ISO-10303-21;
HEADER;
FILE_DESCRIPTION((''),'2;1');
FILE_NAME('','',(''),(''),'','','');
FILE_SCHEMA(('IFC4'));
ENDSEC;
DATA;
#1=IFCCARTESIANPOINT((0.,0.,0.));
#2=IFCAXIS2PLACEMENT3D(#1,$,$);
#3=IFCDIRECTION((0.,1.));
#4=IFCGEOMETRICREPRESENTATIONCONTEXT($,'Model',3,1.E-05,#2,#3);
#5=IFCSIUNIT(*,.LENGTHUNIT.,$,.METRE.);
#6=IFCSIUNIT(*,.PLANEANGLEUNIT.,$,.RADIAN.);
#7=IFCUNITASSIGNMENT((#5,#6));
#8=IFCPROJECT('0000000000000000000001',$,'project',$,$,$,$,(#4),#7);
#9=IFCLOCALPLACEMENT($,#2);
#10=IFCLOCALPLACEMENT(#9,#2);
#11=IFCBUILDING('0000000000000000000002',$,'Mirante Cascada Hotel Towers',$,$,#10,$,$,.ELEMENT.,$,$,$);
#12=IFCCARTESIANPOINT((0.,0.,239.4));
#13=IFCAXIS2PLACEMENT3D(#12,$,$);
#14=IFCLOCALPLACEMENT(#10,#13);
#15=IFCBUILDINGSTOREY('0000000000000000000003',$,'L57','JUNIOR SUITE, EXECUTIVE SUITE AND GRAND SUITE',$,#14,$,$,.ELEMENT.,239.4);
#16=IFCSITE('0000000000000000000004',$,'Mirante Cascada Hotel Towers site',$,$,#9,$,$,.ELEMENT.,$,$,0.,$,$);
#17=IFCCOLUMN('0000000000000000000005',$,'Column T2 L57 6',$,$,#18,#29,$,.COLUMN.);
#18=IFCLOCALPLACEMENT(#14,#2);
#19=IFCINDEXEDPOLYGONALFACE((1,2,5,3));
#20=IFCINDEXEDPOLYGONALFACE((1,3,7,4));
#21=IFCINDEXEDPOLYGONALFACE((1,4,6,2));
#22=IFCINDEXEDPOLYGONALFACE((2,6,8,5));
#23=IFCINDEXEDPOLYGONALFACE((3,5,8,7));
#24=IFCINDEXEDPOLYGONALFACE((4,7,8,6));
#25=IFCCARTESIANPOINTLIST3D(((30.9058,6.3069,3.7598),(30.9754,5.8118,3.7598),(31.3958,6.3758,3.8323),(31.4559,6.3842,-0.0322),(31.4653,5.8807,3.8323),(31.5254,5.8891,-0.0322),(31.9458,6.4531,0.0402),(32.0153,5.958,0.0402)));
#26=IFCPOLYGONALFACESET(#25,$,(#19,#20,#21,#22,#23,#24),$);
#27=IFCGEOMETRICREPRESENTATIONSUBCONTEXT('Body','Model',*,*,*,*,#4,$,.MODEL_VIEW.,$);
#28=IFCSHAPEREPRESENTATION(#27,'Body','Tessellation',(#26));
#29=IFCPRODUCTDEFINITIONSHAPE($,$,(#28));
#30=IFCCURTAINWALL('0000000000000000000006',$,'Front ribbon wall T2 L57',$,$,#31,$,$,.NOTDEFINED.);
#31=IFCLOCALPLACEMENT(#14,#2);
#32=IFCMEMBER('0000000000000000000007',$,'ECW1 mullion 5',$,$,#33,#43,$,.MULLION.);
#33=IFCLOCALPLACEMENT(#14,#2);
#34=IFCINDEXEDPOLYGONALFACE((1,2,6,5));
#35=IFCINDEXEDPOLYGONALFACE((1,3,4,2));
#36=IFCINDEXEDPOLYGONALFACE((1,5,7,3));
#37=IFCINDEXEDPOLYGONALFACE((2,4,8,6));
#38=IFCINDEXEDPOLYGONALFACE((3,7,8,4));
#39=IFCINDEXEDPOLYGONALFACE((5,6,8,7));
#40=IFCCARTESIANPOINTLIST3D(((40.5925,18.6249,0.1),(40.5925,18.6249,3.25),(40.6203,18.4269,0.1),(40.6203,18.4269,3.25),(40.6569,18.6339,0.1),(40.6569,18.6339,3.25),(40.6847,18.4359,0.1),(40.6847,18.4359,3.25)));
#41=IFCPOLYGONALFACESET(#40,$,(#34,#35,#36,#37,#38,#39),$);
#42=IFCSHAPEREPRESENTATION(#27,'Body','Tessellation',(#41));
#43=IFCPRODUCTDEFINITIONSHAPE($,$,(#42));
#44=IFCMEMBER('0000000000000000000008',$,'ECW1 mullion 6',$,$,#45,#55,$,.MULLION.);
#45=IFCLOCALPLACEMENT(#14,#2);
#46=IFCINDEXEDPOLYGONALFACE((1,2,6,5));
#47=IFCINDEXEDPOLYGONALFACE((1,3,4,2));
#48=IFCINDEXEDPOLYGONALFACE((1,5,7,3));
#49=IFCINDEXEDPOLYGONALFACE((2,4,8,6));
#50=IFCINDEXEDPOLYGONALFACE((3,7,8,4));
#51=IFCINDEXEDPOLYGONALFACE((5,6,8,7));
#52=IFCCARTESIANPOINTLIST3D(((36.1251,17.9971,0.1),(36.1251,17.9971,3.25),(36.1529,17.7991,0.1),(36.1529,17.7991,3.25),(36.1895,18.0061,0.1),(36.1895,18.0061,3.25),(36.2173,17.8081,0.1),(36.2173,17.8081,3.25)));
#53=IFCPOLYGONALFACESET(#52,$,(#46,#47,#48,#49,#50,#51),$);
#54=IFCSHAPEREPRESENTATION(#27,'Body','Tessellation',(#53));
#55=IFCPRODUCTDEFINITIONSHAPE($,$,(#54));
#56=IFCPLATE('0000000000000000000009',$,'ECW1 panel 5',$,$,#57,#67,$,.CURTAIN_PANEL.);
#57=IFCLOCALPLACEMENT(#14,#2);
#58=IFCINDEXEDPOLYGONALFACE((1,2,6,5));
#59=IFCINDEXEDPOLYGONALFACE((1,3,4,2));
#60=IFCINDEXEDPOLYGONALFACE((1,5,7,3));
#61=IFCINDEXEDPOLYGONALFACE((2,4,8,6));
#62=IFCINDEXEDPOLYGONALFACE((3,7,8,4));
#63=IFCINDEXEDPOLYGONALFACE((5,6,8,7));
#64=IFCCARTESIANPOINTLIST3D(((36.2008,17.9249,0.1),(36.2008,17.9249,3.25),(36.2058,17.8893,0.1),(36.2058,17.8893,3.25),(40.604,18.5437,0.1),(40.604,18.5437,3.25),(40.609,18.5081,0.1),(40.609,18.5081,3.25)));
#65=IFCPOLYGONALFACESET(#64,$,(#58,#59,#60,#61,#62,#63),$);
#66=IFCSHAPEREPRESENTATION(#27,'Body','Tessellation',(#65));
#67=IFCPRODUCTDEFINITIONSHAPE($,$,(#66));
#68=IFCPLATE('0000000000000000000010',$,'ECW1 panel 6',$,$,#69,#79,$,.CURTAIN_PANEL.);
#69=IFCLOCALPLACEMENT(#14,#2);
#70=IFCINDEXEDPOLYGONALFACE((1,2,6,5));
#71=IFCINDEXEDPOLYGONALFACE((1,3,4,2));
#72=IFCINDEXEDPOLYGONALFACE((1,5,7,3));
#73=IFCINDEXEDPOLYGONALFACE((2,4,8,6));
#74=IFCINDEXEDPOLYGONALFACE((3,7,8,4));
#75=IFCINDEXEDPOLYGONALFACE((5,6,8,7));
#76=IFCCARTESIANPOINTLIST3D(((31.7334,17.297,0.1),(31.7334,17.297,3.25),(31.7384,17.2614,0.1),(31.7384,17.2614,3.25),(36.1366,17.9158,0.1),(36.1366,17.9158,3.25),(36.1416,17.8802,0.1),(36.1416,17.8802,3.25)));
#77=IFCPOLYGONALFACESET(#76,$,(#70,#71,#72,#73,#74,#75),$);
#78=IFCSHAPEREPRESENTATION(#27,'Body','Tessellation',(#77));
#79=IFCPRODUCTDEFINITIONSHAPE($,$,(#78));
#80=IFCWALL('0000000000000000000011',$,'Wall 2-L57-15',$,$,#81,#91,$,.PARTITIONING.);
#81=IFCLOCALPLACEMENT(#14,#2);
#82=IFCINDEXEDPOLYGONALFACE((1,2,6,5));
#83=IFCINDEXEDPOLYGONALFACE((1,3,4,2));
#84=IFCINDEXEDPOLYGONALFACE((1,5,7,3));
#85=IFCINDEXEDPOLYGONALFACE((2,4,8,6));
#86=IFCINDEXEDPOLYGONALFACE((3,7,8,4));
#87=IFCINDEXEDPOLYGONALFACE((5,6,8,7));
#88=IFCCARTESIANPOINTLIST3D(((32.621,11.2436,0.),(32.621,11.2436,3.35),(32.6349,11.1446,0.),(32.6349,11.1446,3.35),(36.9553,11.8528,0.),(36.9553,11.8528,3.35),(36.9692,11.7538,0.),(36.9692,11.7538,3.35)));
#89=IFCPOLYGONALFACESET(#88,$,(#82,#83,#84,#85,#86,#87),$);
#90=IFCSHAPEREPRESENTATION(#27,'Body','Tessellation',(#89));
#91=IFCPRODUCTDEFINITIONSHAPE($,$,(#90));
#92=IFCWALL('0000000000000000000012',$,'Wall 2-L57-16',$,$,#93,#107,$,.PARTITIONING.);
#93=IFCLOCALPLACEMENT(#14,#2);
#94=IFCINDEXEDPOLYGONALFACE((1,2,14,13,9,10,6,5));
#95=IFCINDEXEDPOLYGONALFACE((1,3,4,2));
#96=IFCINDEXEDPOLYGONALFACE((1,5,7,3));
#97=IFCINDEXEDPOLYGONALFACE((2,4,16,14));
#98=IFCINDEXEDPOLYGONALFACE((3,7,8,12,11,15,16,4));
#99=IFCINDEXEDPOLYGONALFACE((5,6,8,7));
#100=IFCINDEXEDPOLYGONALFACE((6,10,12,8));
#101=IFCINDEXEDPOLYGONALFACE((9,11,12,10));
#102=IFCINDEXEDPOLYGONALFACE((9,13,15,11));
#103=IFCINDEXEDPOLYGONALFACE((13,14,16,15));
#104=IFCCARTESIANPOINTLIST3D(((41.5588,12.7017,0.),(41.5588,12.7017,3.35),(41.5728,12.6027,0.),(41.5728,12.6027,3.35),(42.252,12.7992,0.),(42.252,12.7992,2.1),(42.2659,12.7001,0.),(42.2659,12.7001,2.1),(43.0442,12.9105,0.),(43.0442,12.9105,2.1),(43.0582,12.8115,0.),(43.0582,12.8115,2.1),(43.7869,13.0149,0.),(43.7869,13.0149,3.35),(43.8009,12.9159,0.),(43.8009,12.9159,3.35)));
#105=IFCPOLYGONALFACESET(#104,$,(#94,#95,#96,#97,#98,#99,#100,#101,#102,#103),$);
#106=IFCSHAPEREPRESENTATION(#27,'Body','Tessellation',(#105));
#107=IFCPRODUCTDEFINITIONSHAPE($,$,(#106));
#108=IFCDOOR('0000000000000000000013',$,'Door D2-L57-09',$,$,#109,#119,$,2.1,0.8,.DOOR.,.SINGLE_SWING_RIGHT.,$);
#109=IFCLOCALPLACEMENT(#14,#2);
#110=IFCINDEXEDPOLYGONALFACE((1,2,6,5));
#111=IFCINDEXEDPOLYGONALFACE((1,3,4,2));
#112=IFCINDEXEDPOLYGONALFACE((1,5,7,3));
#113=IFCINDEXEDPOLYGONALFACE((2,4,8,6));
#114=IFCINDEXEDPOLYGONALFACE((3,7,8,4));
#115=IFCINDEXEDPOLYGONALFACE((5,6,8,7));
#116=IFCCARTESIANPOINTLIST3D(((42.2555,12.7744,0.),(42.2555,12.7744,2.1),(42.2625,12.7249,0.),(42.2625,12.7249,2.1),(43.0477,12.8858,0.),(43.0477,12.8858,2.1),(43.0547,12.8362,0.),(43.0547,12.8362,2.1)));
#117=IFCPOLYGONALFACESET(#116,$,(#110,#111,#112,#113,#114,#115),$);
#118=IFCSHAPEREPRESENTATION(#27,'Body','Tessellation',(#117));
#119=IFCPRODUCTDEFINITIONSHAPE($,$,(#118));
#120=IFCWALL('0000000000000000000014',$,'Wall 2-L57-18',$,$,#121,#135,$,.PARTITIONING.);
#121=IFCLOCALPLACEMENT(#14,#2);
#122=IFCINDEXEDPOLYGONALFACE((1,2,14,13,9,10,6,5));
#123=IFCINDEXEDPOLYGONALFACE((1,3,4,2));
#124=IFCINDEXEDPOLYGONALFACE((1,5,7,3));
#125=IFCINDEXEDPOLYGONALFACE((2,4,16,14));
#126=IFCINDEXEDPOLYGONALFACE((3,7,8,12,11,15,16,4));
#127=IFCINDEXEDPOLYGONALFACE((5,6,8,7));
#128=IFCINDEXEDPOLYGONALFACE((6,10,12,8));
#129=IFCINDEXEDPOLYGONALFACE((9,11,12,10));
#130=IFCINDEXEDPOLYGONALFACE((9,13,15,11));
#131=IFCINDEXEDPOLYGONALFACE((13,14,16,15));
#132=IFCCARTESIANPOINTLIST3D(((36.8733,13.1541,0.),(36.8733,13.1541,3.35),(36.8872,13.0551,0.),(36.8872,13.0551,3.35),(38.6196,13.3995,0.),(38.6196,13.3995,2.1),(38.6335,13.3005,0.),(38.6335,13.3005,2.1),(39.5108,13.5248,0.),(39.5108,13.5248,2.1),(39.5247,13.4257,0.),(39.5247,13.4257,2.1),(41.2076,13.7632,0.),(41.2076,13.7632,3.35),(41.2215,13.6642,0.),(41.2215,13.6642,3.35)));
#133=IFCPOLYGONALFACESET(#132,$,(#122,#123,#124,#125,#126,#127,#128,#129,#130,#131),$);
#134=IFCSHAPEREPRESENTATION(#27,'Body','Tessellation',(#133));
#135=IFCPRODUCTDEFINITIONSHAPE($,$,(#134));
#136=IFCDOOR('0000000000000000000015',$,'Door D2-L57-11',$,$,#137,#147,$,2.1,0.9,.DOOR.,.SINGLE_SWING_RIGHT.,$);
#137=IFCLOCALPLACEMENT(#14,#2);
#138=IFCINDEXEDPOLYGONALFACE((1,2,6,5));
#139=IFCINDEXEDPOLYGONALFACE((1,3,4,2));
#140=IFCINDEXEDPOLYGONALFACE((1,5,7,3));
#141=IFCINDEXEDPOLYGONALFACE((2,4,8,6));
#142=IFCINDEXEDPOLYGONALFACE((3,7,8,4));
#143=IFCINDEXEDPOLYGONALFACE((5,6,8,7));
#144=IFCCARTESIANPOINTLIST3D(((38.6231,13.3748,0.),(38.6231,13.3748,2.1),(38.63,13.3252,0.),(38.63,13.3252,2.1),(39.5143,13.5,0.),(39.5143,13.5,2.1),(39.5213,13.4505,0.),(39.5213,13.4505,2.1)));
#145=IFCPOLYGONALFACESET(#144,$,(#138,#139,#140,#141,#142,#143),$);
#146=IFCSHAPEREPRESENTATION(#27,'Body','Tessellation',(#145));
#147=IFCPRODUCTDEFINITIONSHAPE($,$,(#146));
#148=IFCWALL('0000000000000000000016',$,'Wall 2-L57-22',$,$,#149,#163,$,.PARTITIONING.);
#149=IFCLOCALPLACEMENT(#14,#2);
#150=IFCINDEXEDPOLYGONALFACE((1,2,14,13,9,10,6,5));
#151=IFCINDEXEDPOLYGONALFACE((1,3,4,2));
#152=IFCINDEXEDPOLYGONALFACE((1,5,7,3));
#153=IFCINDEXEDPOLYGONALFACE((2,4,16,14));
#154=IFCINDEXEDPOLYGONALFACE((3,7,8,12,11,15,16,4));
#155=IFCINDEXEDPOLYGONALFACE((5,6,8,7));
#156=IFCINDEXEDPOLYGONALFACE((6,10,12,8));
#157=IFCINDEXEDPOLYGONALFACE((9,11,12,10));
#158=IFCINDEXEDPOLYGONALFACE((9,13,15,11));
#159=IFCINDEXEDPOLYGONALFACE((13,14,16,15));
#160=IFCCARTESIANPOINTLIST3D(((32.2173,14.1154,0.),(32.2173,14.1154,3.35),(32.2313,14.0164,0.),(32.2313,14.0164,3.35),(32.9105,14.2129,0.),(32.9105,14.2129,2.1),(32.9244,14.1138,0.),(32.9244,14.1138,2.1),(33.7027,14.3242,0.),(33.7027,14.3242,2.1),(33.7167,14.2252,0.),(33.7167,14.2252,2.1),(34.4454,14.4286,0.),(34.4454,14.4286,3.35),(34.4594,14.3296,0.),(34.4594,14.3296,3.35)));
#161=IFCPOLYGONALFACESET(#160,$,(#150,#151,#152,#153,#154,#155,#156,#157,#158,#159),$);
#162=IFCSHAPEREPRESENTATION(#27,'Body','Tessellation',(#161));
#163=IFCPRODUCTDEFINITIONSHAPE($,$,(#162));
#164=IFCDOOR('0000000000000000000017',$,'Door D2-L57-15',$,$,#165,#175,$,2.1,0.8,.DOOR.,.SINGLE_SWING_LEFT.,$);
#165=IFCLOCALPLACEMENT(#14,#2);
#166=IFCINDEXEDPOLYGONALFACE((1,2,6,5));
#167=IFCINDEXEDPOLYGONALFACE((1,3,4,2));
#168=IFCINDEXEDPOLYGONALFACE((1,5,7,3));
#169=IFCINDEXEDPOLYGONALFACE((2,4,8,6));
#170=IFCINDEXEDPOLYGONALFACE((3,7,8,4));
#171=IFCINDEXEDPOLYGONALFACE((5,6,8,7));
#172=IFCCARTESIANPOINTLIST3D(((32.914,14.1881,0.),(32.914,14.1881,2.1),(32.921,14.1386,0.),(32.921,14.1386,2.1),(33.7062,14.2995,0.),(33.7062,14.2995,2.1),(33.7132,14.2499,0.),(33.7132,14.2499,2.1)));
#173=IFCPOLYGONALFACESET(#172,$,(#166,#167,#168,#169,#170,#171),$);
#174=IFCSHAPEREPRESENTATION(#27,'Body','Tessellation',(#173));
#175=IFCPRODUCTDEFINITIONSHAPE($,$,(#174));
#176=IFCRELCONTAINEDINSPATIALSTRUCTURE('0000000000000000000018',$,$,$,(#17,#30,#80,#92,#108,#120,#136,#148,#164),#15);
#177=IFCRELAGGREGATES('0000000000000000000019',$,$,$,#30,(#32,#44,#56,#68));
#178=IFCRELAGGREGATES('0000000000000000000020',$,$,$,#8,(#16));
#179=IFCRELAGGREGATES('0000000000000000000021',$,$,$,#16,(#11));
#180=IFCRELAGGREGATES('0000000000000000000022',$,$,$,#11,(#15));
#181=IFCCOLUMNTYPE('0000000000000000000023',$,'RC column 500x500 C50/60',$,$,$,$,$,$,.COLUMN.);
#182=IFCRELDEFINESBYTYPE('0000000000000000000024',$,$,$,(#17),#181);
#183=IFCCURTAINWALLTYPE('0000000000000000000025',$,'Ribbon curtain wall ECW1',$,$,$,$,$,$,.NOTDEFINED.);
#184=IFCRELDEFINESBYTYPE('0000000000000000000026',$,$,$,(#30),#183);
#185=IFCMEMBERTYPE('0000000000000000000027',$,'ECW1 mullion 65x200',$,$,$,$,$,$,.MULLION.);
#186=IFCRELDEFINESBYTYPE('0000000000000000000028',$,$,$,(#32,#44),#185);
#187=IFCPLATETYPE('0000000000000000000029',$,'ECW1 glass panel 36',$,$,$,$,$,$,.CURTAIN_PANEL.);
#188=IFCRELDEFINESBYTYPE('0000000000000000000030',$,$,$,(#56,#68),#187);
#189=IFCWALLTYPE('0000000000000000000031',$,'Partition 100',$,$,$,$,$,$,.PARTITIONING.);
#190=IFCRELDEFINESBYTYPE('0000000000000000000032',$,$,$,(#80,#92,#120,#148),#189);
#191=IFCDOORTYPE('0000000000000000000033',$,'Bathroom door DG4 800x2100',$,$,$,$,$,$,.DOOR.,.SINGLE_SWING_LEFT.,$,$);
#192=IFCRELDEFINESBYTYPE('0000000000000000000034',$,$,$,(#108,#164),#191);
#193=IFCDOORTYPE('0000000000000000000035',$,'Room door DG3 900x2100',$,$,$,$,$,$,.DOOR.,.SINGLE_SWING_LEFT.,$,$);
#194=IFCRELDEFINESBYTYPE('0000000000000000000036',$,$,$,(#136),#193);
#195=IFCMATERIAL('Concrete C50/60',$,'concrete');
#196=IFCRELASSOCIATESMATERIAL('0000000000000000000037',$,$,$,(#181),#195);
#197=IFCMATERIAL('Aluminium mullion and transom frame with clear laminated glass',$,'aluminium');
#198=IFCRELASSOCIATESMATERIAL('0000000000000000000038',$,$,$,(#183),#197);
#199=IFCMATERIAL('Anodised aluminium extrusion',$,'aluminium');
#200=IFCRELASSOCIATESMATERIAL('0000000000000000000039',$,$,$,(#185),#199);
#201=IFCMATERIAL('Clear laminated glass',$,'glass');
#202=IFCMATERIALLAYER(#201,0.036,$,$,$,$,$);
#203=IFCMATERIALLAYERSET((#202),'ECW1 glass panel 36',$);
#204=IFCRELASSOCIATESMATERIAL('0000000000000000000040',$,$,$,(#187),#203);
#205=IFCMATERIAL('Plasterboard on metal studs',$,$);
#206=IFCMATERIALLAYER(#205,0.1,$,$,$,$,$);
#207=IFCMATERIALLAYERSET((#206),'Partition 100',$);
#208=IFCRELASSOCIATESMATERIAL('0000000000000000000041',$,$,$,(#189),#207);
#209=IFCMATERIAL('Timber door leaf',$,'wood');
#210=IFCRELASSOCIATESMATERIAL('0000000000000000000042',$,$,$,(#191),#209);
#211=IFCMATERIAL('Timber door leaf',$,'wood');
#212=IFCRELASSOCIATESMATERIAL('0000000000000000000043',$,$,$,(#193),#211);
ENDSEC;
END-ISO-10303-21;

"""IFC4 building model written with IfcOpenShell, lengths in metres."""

from ifc_helpers import new_model, si_unit, direction, frame, frame_2d, origin, origin_2d, place, context, subcontext, project, spatial, rectangle, extrude, material, layer, layer_set, material_profile, profile_set, type_object, element, fill, aggregate, save


model = new_model("IFC4")

# Units and contexts
model_context = context("Model", 3, precision=1e-05, world=origin(), true_north=direction((0.0, 1.0)))
body_context = subcontext(model_context, "Body", "Model", "MODEL_VIEW")
ifc_project = project(units=[si_unit("LENGTHUNIT", "METRE"), si_unit("PLANEANGLEUNIT", "RADIAN")], contexts=[model_context])

# Site, building, storey
site_placement = place(None, origin())
site = spatial("IfcSite", under=ifc_project, at=site_placement, Name="Mirante Cascada Hotel Towers site", CompositionType="ELEMENT", RefElevation=0.0)
building_placement = place(site_placement, origin())
building = spatial("IfcBuilding", under=site, at=building_placement, Name="Mirante Cascada Hotel Towers", CompositionType="ELEMENT")
storey_placement = place(building_placement, frame((0.0, 0.0, 239.4)))
storey = spatial("IfcBuildingStorey", under=building, at=storey_placement, Name="L57", Description="JUNIOR SUITE, EXECUTIVE SUITE AND GRAND SUITE", CompositionType="ELEMENT", Elevation=239.4)

# Column
ifc_material_1 = material(Name="Concrete C50/60", Category="concrete")
ifc_material_profile_1 = material_profile(ifc_material_1, rectangle(XDim=0.5, YDim=0.5, at=origin_2d()), Name="RC column 500x500 C50/60")
ifc_profile_set_1 = profile_set([ifc_material_profile_1], Name="Concrete C50/60")
column_type = type_object("IfcColumnType", Name="RC column 500x500 C50/60", PredefinedType="COLUMN", material=ifc_profile_set_1)
column_placement = place(storey_placement, frame((31.7356, 6.1711, 0.004), z_axis=(-0.143511, -0.02017, 0.989443), x_axis=(0.139178, -0.990267, 0.0)))
element("IfcColumn", 1, at=column_placement, inside=storey, type_object=column_type, Name="Column T2 L57 6", PredefinedType="COLUMN", context=body_context, shape_type="SweptSolid", body=[
    extrude(rectangle(XDim=0.5, YDim=0.5, at=origin_2d()), origin(), (0.0, 0.0, 1.0), 3.8325),
])

# Curtain wall, members, plates
ifc_material_2 = material(Name="Aluminium mullion and transom frame with clear laminated glass", Category="aluminium")
curtain_wall_type = type_object("IfcCurtainWallType", Name="Ribbon curtain wall ECW1", PredefinedType="NOTDEFINED", material=ifc_material_2)
curtain_wall_placement = place(storey_placement, origin())
curtain_wall = element("IfcCurtainWall", 2, at=curtain_wall_placement, inside=storey, type_object=curtain_wall_type, Name="Front ribbon wall T2 L57", PredefinedType="NOTDEFINED")
ifc_material_3 = material(Name="Anodised aluminium extrusion", Category="aluminium")
ifc_material_profile_2 = material_profile(ifc_material_3, rectangle(XDim=0.2, YDim=0.065, at=origin_2d()), Name="ECW1 MULLION 65x200")
ifc_profile_set_2 = profile_set([ifc_material_profile_2], Name="Anodised aluminium extrusion")
member_type = type_object("IfcMemberType", Name="ECW1 mullion 65x200", PredefinedType="MULLION", material=ifc_profile_set_2)
member_1_placement = place(storey_placement, frame((40.6386, 18.5304, 0.1), z_axis=(0.0, 0.0, 1.0), x_axis=(0.139173, -0.990268, 0.0)))
member_1 = element("IfcMember", 3, at=member_1_placement, type_object=member_type, Name="ECW1 mullion 5", PredefinedType="MULLION", context=body_context, shape_type="SweptSolid", body=[
    extrude(rectangle(XDim=0.2, YDim=0.065, at=origin_2d()), origin(), (0.0, 0.0, 1.0), 3.15),
])
member_2_placement = place(storey_placement, frame((36.1712, 17.9026, 0.1), z_axis=(0.0, 0.0, 1.0), x_axis=(0.139173, -0.990268, 0.0)))
member_2 = element("IfcMember", 4, at=member_2_placement, type_object=member_type, Name="ECW1 mullion 6", PredefinedType="MULLION", context=body_context, shape_type="SweptSolid", body=[
    extrude(rectangle(XDim=0.2, YDim=0.065, at=origin_2d()), origin(), (0.0, 0.0, 1.0), 3.15),
])
ifc_material_4 = material(Name="Clear laminated glass", Category="glass")
ifc_layer_1 = layer(ifc_material_4, 0.036)
ifc_layer_set_1 = layer_set([ifc_layer_1], Name="ECW1 glass panel 36")
plate_type = type_object("IfcPlateType", Name="ECW1 glass panel 36", PredefinedType="CURTAIN_PANEL", material=ifc_layer_set_1)
plate_1_placement = place(storey_placement, frame((38.4049, 18.2165, 0.1), z_axis=(0.0, 0.0, 1.0), x_axis=(-0.990268, -0.139173, 0.0)))
plate_1 = element("IfcPlate", 5, at=plate_1_placement, type_object=plate_type, Name="ECW1 panel 5", PredefinedType="CURTAIN_PANEL", context=body_context, shape_type="SweptSolid", body=[
    extrude(rectangle(XDim=4.4464, YDim=0.036, at=origin_2d()), origin(), (0.0, 0.0, 1.0), 3.15),
])
plate_2_placement = place(storey_placement, frame((33.9375, 17.5886, 0.1), z_axis=(0.0, 0.0, 1.0), x_axis=(-0.990268, -0.139173, 0.0)))
plate_2 = element("IfcPlate", 6, at=plate_2_placement, type_object=plate_type, Name="ECW1 panel 6", PredefinedType="CURTAIN_PANEL", context=body_context, shape_type="SweptSolid", body=[
    extrude(rectangle(XDim=4.4464, YDim=0.036, at=origin_2d()), origin(), (0.0, 0.0, 1.0), 3.15),
])
aggregate(curtain_wall, [member_1, member_2, plate_1, plate_2])

# Wall
ifc_material_5 = material(Name="Plasterboard on metal studs")
ifc_layer_2 = layer(ifc_material_5, 0.1)
ifc_layer_set_2 = layer_set([ifc_layer_2], Name="Partition 100")
wall_type = type_object("IfcWallType", Name="Partition 100", PredefinedType="PARTITIONING", material=ifc_layer_set_2)
wall_1_placement = place(storey_placement, frame((36.9622, 11.8033, 0.0), z_axis=(0.0, 0.0, 1.0), x_axis=(-0.990266, -0.139185, 0.0)))
element("IfcWall", 7, at=wall_1_placement, inside=storey, type_object=wall_type, Name="Wall 2-L57-15", PredefinedType="PARTITIONING", context=body_context, shape_type="SweptSolid", body=[
    extrude(rectangle(XDim=4.3769, YDim=0.1, at=frame_2d((2.1884, 0.0))), origin(), (0.0, 0.0, 1.0), 3.35),
])

# Walls, openings, doors
wall_2_placement = place(storey_placement, frame((41.5658, 12.6522, 0.0), z_axis=(0.0, 0.0, 1.0), x_axis=(0.990264, 0.1392, 0.0)))
wall_2 = element("IfcWall", 8, at=wall_2_placement, inside=storey, type_object=wall_type, Name="Wall 2-L57-16", PredefinedType="PARTITIONING", context=body_context, shape_type="SweptSolid", body=[
    extrude(rectangle(XDim=2.25, YDim=0.1, at=frame_2d((1.125, 0.0))), origin(), (0.0, 0.0, 1.0), 3.35),
])
opening_1_placement = place(wall_2_placement, frame((0.7, 0.0, 0.0)))
opening_1 = element("IfcOpeningElement", 9, at=opening_1_placement, cuts=wall_2, PredefinedType="OPENING", context=body_context, shape_type="SweptSolid", body=[
    extrude(rectangle(XDim=0.8, YDim=2.1, at=frame_2d((0.4, 1.05))), frame((0.0, 0.05, 0.0), z_axis=(0.0, -1.0, 0.0), x_axis=(1.0, 0.0, 0.0)), (0.0, 0.0, 1.0), 0.1),
])
ifc_material_6 = material(Name="Timber door leaf", Category="wood")
door_type_1 = type_object("IfcDoorType", Name="Bathroom door DG4 800x2100", OperationType="SINGLE_SWING_LEFT", PredefinedType="DOOR", material=ifc_material_6)
door_1_placement = place(opening_1_placement, frame((0.8, 0.0, 0.0), z_axis=(0.0, 0.0, 1.0), x_axis=(-1.0, 0.0, 0.0)))
door_1 = element("IfcDoor", 10, at=door_1_placement, inside=storey, type_object=door_type_1, Name="Door D2-L57-09", OperationType="SINGLE_SWING_RIGHT", OverallHeight=2.1, OverallWidth=0.8, PredefinedType="DOOR", context=body_context, shape_type="SweptSolid", body=[
    extrude(rectangle(XDim=0.8, YDim=2.1, at=frame_2d((0.4, 1.05))), frame((0.0, 0.025, 0.0), z_axis=(0.0, -1.0, 0.0), x_axis=(1.0, 0.0, 0.0)), (0.0, 0.0, 1.0), 0.05),
])
fill(opening_1, door_1)
wall_3_placement = place(storey_placement, frame((36.8803, 13.1046, 0.0), z_axis=(0.0, 0.0, 1.0), x_axis=(0.99027, 0.139163, 0.0)))
wall_3 = element("IfcWall", 11, at=wall_3_placement, inside=storey, type_object=wall_type, Name="Wall 2-L57-18", PredefinedType="PARTITIONING", context=body_context, shape_type="SweptSolid", body=[
    extrude(rectangle(XDim=4.3769, YDim=0.1, at=frame_2d((2.1884, 0.0))), origin(), (0.0, 0.0, 1.0), 3.35),
])
opening_2_placement = place(wall_3_placement, frame((1.7634, 0.0, 0.0)))
opening_2 = element("IfcOpeningElement", 12, at=opening_2_placement, cuts=wall_3, PredefinedType="OPENING", context=body_context, shape_type="SweptSolid", body=[
    extrude(rectangle(XDim=0.9, YDim=2.1, at=frame_2d((0.45, 1.05))), frame((0.0, 0.05, 0.0), z_axis=(0.0, -1.0, 0.0), x_axis=(1.0, 0.0, 0.0)), (0.0, 0.0, 1.0), 0.1),
])
ifc_material_7 = material(Name="Timber door leaf", Category="wood")
door_type_2 = type_object("IfcDoorType", Name="Room door DG3 900x2100", OperationType="SINGLE_SWING_LEFT", PredefinedType="DOOR", material=ifc_material_7)
door_2_placement = place(opening_2_placement, frame((0.9, 0.0, 0.0), z_axis=(0.0, 0.0, 1.0), x_axis=(-1.0, 0.0, 0.0)))
door_2 = element("IfcDoor", 13, at=door_2_placement, inside=storey, type_object=door_type_2, Name="Door D2-L57-11", OperationType="SINGLE_SWING_RIGHT", OverallHeight=2.1, OverallWidth=0.9, PredefinedType="DOOR", context=body_context, shape_type="SweptSolid", body=[
    extrude(rectangle(XDim=0.9, YDim=2.1, at=frame_2d((0.45, 1.05))), frame((0.0, 0.025, 0.0), z_axis=(0.0, -1.0, 0.0), x_axis=(1.0, 0.0, 0.0)), (0.0, 0.0, 1.0), 0.05),
])
fill(opening_2, door_2)
wall_4_placement = place(storey_placement, frame((32.2243, 14.0659, 0.0), z_axis=(0.0, 0.0, 1.0), x_axis=(0.990264, 0.1392, 0.0)))
wall_4 = element("IfcWall", 14, at=wall_4_placement, inside=storey, type_object=wall_type, Name="Wall 2-L57-22", PredefinedType="PARTITIONING", context=body_context, shape_type="SweptSolid", body=[
    extrude(rectangle(XDim=2.25, YDim=0.1, at=frame_2d((1.125, 0.0))), origin(), (0.0, 0.0, 1.0), 3.35),
])
opening_3_placement = place(wall_4_placement, frame((0.7, 0.0, 0.0)))
opening_3 = element("IfcOpeningElement", 15, at=opening_3_placement, cuts=wall_4, PredefinedType="OPENING", context=body_context, shape_type="SweptSolid", body=[
    extrude(rectangle(XDim=0.8, YDim=2.1, at=frame_2d((0.4, 1.05))), frame((0.0, 0.05, 0.0), z_axis=(0.0, -1.0, 0.0), x_axis=(1.0, 0.0, 0.0)), (0.0, 0.0, 1.0), 0.1),
])
door_3_placement = place(opening_3_placement, origin())
door_3 = element("IfcDoor", 16, at=door_3_placement, inside=storey, type_object=door_type_1, Name="Door D2-L57-15", OperationType="SINGLE_SWING_LEFT", OverallHeight=2.1, OverallWidth=0.8, PredefinedType="DOOR", context=body_context, shape_type="SweptSolid", body=[
    extrude(rectangle(XDim=0.8, YDim=2.1, at=frame_2d((0.4, 1.05))), frame((0.0, 0.025, 0.0), z_axis=(0.0, -1.0, 0.0), x_axis=(1.0, 0.0, 0.0)), (0.0, 0.0, 1.0), 0.05),
])
fill(opening_3, door_3)

save(model, "model.ifc")
